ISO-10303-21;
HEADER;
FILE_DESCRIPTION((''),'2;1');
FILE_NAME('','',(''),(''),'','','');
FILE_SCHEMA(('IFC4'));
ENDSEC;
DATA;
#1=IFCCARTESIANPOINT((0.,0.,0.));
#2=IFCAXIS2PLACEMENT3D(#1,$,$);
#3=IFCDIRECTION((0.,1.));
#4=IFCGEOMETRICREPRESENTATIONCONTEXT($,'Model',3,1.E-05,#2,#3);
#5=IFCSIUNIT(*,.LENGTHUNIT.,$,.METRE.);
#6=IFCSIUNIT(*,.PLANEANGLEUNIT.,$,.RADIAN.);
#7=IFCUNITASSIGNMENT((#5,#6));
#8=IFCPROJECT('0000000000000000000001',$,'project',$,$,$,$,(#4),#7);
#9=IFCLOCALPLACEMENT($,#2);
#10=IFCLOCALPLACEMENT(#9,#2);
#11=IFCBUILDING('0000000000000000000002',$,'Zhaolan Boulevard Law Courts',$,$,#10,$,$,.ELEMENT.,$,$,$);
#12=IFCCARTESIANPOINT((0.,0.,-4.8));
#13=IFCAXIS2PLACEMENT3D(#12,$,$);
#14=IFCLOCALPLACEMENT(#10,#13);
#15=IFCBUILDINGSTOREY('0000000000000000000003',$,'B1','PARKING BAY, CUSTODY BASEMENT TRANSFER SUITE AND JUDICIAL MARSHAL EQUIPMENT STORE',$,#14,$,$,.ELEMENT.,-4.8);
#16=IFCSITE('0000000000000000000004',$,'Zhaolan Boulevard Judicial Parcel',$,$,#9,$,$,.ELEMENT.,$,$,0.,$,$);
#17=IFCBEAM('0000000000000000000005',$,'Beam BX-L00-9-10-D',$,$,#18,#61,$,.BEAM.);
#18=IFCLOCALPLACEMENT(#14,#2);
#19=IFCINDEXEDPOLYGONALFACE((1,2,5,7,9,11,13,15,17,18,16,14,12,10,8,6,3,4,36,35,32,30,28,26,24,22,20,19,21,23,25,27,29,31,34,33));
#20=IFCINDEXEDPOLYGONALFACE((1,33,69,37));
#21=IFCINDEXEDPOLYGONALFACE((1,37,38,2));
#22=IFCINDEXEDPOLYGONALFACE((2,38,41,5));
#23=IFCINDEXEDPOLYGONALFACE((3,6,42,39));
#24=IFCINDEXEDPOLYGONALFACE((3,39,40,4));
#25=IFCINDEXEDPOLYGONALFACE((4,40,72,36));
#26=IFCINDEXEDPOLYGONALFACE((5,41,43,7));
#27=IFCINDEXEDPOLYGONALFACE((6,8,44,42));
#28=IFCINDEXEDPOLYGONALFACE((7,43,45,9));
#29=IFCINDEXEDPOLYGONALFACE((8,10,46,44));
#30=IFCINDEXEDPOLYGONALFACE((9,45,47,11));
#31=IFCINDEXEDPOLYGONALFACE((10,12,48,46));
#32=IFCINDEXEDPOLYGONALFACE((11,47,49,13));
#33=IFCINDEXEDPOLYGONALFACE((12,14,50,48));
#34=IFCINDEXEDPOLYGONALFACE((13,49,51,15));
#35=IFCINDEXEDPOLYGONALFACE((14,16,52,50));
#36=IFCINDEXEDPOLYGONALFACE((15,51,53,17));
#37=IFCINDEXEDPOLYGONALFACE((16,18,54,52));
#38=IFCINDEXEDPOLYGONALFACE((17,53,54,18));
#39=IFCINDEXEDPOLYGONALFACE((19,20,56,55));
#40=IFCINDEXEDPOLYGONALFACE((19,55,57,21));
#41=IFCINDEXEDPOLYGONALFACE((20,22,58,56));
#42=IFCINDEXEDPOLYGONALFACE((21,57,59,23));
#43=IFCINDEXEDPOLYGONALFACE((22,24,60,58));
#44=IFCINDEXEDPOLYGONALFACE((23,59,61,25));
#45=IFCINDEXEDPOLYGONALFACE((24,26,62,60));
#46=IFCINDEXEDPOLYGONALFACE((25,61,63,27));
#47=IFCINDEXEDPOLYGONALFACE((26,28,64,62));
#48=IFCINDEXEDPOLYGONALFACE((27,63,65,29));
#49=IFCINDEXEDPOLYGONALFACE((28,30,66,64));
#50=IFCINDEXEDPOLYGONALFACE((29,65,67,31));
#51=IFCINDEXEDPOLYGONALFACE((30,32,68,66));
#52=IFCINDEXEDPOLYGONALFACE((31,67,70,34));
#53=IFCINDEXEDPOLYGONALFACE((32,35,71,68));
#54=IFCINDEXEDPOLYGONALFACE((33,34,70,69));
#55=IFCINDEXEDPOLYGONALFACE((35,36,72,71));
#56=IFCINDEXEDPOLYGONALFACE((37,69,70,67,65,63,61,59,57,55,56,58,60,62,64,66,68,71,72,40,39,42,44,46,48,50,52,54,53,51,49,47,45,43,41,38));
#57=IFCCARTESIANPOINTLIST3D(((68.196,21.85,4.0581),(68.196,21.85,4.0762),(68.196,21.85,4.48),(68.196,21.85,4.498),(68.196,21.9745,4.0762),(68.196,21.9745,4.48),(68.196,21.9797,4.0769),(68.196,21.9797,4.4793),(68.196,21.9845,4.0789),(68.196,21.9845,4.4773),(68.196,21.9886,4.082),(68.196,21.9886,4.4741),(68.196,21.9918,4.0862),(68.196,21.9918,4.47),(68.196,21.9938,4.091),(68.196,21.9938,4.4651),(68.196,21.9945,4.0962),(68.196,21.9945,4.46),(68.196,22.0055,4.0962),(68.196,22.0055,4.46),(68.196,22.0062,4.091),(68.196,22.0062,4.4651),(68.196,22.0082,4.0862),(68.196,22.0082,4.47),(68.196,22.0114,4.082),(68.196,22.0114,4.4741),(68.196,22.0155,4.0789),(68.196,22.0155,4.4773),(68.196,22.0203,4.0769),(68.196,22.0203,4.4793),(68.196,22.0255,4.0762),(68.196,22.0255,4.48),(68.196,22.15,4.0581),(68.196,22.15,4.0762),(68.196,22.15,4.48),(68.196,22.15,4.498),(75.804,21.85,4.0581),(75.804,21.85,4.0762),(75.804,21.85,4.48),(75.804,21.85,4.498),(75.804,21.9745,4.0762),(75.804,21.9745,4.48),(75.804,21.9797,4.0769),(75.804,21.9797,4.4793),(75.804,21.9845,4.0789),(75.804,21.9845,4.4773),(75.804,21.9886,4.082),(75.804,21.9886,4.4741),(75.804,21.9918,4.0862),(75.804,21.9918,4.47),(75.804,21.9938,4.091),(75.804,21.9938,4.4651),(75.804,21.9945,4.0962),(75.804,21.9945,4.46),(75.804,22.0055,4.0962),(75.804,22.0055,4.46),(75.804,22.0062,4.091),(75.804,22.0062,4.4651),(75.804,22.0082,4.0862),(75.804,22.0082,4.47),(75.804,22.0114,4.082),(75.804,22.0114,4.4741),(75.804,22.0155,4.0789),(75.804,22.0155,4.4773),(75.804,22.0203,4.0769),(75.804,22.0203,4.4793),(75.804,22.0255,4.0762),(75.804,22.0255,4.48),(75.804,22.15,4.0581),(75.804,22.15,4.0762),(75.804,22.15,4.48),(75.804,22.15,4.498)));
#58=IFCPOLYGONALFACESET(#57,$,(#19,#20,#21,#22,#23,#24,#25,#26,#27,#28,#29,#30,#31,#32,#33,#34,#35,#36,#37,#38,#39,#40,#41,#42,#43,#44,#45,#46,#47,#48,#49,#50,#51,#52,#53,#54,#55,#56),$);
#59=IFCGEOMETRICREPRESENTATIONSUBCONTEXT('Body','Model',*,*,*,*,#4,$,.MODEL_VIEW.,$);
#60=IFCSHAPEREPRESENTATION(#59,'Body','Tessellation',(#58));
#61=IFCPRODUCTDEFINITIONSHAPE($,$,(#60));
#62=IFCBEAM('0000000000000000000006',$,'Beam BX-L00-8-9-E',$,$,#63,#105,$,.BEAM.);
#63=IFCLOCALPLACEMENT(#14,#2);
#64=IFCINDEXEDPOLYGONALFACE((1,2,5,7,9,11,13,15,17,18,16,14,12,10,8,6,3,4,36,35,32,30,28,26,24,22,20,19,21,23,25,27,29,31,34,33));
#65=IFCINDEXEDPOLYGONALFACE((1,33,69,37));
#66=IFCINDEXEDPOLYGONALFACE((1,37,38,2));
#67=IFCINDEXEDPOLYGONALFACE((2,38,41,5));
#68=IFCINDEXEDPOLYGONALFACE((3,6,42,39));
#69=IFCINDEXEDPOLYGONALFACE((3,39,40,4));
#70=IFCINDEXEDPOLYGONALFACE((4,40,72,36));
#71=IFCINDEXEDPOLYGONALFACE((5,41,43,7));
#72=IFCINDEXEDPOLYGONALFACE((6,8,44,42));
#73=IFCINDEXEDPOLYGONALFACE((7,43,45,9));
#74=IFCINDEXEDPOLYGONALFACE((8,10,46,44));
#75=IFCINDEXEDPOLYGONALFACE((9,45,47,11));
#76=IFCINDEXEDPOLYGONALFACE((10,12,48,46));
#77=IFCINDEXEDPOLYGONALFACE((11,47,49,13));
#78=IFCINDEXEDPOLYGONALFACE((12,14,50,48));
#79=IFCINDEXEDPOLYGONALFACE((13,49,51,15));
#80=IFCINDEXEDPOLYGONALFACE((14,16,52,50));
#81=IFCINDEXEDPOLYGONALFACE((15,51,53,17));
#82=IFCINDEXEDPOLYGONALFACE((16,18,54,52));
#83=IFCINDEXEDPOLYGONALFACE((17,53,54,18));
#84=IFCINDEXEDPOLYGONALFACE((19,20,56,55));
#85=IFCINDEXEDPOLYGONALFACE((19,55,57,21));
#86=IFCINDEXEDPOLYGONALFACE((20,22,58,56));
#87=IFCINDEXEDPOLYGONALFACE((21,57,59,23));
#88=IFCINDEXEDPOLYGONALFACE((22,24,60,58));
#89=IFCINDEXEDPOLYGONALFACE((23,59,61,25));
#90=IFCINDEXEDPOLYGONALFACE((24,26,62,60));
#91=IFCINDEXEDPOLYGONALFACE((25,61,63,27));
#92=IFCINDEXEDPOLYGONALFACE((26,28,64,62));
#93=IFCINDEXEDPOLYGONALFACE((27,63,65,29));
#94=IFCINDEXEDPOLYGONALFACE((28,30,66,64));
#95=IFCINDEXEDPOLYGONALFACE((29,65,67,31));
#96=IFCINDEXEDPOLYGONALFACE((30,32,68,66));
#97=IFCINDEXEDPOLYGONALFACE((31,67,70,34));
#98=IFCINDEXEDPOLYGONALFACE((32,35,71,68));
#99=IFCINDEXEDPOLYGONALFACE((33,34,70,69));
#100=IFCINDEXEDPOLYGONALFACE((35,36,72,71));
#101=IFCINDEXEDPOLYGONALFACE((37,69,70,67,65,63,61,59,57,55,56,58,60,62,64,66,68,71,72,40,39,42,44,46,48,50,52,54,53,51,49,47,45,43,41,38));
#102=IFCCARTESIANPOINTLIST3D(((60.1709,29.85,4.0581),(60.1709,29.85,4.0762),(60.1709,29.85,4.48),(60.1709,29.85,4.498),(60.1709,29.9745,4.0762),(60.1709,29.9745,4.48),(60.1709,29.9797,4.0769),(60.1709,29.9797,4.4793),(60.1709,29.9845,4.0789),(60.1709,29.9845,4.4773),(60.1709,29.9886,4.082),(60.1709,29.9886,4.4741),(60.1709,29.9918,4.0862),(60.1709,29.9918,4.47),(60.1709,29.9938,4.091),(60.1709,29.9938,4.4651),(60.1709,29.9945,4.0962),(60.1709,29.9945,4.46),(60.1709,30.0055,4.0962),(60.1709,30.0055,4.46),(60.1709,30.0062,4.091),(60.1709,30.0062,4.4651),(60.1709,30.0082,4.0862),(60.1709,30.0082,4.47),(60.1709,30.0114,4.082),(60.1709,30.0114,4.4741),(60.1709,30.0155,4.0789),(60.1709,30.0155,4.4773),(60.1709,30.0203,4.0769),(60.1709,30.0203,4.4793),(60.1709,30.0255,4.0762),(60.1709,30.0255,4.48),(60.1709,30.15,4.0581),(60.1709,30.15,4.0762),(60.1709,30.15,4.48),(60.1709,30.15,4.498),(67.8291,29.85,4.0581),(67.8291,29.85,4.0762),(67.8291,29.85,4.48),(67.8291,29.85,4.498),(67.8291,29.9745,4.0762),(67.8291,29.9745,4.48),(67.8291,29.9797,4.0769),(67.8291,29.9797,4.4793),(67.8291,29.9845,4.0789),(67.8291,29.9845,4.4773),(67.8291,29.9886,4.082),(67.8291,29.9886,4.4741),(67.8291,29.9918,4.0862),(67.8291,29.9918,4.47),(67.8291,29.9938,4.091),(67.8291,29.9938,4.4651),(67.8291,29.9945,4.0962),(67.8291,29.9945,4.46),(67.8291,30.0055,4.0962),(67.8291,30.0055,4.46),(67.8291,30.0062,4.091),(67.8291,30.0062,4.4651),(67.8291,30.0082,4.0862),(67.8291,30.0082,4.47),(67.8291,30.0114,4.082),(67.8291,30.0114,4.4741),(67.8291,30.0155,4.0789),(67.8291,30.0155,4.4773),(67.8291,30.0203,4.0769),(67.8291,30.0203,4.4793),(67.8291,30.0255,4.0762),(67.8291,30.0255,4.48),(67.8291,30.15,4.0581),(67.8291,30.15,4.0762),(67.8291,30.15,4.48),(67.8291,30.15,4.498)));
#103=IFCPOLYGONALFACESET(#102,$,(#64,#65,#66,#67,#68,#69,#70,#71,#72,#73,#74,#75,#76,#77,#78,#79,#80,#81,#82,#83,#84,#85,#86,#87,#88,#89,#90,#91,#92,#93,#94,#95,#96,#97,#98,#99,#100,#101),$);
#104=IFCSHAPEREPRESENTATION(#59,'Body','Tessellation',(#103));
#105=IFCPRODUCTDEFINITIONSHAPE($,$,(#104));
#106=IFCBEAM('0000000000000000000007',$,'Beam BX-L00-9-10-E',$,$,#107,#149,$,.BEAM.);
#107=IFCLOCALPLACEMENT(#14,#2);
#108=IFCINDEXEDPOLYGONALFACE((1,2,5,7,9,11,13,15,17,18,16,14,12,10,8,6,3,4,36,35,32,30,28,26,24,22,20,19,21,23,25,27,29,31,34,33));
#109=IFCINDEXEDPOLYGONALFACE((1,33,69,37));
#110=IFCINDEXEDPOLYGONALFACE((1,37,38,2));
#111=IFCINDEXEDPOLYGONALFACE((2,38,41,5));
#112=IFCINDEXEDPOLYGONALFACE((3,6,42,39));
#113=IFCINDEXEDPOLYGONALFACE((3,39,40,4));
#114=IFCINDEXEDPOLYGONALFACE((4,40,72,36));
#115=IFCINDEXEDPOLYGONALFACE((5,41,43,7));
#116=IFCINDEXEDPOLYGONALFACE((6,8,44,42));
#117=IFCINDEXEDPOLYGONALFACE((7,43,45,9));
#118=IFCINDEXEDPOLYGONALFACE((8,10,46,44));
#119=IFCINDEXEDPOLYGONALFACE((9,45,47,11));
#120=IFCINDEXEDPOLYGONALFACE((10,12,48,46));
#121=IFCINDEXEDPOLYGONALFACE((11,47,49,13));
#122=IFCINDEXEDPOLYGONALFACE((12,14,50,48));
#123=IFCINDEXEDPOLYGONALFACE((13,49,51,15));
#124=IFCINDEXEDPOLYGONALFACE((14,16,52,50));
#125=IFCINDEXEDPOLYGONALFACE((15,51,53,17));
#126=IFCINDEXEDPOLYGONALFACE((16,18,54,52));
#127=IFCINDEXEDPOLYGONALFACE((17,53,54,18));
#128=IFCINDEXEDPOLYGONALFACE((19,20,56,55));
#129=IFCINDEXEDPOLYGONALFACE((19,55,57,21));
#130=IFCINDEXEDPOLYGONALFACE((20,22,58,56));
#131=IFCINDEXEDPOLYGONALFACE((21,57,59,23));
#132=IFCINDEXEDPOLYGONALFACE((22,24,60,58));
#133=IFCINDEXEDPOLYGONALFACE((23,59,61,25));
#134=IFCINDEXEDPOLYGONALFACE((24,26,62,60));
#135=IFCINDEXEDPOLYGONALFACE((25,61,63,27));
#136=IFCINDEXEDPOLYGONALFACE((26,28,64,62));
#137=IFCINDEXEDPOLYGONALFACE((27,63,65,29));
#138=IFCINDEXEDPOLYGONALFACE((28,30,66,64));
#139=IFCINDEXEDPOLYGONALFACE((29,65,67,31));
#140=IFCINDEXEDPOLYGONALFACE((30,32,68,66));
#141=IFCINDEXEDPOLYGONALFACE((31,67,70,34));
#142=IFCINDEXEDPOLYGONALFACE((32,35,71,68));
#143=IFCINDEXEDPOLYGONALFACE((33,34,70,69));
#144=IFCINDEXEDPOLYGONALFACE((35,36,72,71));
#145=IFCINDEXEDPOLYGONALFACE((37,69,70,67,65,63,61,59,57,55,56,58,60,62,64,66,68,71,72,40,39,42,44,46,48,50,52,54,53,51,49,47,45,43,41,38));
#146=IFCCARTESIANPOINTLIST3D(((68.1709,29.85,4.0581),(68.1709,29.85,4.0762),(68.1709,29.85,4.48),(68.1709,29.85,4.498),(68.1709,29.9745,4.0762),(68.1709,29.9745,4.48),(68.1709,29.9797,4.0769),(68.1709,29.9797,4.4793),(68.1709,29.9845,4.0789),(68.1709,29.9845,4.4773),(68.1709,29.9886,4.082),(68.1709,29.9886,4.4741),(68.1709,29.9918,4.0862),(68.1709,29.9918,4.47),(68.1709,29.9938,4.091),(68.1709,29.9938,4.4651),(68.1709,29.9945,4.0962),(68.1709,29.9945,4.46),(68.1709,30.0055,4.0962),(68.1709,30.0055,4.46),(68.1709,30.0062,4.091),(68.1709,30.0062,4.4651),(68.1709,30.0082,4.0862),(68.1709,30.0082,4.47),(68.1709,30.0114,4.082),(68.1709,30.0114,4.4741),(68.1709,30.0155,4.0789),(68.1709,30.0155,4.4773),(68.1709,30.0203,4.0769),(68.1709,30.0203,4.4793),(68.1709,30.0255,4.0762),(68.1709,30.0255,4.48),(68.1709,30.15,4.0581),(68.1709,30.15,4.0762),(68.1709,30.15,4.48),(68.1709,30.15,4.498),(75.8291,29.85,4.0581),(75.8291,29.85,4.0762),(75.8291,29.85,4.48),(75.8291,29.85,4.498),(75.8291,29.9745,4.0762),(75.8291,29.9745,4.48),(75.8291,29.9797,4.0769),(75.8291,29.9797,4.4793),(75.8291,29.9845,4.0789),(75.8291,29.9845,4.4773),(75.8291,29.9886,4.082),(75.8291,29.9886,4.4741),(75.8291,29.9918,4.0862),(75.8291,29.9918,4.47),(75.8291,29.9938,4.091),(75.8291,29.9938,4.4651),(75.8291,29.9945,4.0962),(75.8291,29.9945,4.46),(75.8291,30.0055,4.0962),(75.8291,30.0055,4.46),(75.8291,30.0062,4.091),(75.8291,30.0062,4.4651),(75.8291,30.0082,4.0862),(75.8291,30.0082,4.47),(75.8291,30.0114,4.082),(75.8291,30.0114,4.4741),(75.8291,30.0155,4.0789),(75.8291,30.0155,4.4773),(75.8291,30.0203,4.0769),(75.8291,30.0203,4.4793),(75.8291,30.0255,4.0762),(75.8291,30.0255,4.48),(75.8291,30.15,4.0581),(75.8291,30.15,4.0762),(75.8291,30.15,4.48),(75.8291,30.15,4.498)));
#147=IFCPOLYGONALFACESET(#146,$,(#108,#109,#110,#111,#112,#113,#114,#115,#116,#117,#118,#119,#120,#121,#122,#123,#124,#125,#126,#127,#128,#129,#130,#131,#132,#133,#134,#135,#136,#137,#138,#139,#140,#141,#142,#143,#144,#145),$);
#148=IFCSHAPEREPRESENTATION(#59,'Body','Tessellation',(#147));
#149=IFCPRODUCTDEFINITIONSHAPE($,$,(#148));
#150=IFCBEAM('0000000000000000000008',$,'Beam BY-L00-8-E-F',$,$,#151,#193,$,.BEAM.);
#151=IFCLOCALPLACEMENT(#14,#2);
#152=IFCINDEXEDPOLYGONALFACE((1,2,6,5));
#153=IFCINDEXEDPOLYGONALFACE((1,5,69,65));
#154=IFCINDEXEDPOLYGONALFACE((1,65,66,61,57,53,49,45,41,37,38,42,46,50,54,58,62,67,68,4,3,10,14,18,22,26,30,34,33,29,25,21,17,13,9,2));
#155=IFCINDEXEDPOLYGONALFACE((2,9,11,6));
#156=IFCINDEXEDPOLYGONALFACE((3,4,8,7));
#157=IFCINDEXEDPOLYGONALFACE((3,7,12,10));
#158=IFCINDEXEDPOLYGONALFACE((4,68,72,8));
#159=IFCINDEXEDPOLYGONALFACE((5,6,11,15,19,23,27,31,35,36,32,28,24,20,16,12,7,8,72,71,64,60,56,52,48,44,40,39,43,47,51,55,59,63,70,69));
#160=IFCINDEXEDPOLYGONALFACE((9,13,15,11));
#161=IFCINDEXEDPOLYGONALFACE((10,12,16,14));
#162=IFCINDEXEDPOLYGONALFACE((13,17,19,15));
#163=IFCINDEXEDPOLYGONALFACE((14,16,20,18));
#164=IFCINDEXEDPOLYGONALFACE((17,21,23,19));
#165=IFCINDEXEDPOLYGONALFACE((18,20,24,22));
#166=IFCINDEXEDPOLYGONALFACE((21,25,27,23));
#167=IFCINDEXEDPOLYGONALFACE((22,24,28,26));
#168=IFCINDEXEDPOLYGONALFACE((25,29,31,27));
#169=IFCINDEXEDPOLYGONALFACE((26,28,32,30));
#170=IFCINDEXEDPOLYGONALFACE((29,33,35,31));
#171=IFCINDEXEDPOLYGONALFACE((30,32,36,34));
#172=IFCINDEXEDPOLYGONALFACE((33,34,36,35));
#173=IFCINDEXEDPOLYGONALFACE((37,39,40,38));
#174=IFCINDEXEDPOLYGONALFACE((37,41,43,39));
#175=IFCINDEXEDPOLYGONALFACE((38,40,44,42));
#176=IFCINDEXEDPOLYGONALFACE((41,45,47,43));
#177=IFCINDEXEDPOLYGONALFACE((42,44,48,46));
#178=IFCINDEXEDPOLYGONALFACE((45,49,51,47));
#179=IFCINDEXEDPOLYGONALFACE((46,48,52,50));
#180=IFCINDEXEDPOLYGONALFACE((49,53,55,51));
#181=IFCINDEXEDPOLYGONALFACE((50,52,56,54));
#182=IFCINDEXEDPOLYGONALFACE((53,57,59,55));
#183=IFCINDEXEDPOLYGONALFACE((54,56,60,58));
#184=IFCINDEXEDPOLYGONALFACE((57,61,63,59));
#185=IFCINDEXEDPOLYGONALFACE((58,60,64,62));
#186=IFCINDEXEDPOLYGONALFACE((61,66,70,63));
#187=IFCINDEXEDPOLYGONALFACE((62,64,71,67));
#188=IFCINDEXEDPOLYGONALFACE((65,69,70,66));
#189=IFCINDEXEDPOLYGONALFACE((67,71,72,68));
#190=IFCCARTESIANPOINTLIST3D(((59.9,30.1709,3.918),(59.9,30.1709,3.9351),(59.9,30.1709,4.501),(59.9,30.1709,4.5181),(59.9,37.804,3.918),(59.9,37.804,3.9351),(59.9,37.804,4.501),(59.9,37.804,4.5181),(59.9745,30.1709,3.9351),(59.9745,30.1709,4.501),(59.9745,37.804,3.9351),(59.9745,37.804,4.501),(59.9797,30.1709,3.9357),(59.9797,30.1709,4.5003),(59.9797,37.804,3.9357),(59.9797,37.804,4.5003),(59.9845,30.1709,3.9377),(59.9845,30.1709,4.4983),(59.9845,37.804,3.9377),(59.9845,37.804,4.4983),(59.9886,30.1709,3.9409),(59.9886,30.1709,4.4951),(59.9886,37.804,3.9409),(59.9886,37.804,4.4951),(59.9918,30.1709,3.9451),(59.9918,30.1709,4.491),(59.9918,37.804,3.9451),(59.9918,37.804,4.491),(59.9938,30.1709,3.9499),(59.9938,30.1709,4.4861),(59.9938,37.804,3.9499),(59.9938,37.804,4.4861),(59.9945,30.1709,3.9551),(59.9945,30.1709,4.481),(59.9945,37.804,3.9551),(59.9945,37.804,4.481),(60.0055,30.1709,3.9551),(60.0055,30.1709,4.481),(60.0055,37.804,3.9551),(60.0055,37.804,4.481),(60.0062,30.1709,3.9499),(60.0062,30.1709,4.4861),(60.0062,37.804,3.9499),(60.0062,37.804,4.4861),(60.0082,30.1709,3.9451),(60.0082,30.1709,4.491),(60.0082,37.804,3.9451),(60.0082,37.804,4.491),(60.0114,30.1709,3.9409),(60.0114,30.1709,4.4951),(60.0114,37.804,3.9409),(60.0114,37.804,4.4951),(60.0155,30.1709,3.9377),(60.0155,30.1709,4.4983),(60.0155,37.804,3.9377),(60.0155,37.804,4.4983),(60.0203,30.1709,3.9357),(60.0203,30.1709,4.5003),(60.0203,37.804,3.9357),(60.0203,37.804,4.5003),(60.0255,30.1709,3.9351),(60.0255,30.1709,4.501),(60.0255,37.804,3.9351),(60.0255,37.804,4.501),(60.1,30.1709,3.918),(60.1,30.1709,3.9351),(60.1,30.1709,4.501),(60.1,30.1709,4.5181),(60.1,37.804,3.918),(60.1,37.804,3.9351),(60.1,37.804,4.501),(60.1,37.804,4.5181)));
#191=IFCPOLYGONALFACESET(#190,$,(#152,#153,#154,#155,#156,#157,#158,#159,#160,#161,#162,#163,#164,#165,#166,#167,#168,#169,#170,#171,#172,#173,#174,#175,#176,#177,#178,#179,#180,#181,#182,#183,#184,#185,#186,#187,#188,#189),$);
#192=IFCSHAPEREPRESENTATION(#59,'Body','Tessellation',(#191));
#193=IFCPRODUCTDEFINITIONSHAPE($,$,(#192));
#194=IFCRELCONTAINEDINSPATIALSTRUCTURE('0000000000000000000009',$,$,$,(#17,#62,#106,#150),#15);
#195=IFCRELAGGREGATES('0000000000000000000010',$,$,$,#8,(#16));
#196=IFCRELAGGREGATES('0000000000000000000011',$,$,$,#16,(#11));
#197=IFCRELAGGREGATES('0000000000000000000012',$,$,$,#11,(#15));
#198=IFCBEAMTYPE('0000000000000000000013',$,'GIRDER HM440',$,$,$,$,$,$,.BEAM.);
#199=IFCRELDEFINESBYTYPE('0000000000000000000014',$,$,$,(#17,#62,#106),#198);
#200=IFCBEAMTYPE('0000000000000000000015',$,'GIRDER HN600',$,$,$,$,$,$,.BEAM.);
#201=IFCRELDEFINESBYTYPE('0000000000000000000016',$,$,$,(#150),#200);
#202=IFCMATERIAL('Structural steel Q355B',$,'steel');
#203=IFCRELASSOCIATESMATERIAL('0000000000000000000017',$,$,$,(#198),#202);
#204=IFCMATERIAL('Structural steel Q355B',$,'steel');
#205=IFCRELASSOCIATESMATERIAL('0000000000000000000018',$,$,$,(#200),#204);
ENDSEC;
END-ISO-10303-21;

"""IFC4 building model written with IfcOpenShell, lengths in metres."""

from ifc_helpers import new_model, si_unit, direction, frame, origin, origin_2d, place, context, subcontext, project, spatial, i_section, extrude, material, material_profile, profile_set, type_object, element, save


model = new_model("IFC4")

# Units and contexts
model_context = context("Model", 3, precision=1e-05, world=origin(), true_north=direction((0.0, 1.0)))
body_context = subcontext(model_context, "Body", "Model", "MODEL_VIEW")
ifc_project = project(units=[si_unit("LENGTHUNIT", "METRE"), si_unit("PLANEANGLEUNIT", "RADIAN")], contexts=[model_context])

# Site, building, storey
site_placement = place(None, origin())
site = spatial("IfcSite", under=ifc_project, at=site_placement, Name="Zhaolan Boulevard Judicial Parcel", CompositionType="ELEMENT", RefElevation=0.0)
building_placement = place(site_placement, origin())
building = spatial("IfcBuilding", under=site, at=building_placement, Name="Zhaolan Boulevard Law Courts", CompositionType="ELEMENT")
storey_placement = place(building_placement, frame((0.0, 0.0, -4.8)))
storey = spatial("IfcBuildingStorey", under=building, at=storey_placement, Name="B1", Description="PARKING BAY, CUSTODY BASEMENT TRANSFER SUITE AND JUDICIAL MARSHAL EQUIPMENT STORE", CompositionType="ELEMENT", Elevation=-4.8)

# Beams
ifc_material_1 = material(Name="Structural steel Q355B", Category="steel")
ifc_material_profile_1 = material_profile(ifc_material_1, i_section(OverallWidth=0.3, OverallDepth=0.4399, WebThickness=0.011, FlangeThickness=0.0181, FilletRadius=0.02, at=origin_2d()), Name="HM440x300")
ifc_profile_set_1 = profile_set([ifc_material_profile_1], Name="Structural steel Q355B")
beam_type_1 = type_object("IfcBeamType", Name="GIRDER HM440", PredefinedType="BEAM", material=ifc_profile_set_1)
for number, where, z_axis, x_axis, name in (
    (1, (68.196, 22.0, 4.2781), (1.0, 0.0, 0.0), (0.0, 1.0, 0.0), "Beam BX-L00-9-10-D"),
):
    element("IfcBeam", number, at=place(storey_placement, frame(where, z_axis=z_axis, x_axis=x_axis)), inside=storey, type_object=beam_type_1, Name=name, PredefinedType="BEAM", context=body_context, shape_type="SweptSolid", body=[
        extrude(i_section(OverallWidth=0.3, OverallDepth=0.4399, WebThickness=0.011, FlangeThickness=0.0181, FilletRadius=0.02, at=origin_2d()), origin(), (0.0, 0.0, 1.0), 7.6079),
    ])
for number, where, z_axis, x_axis, name in (
    (2, (60.1709, 30.0, 4.2781), (1.0, 0.0, 0.0), (0.0, 1.0, 0.0), "Beam BX-L00-8-9-E"),
    (3, (68.1709, 30.0, 4.2781), (1.0, 0.0, 0.0), (0.0, 1.0, 0.0), "Beam BX-L00-9-10-E"),
):
    element("IfcBeam", number, at=place(storey_placement, frame(where, z_axis=z_axis, x_axis=x_axis)), inside=storey, type_object=beam_type_1, Name=name, PredefinedType="BEAM", context=body_context, shape_type="SweptSolid", body=[
        extrude(i_section(OverallWidth=0.3, OverallDepth=0.4399, WebThickness=0.011, FlangeThickness=0.0181, FilletRadius=0.02, at=origin_2d()), origin(), (0.0, 0.0, 1.0), 7.6582),
    ])
ifc_material_2 = material(Name="Structural steel Q355B", Category="steel")
ifc_material_profile_2 = material_profile(ifc_material_2, i_section(OverallWidth=0.2, OverallDepth=0.6001, WebThickness=0.011, FlangeThickness=0.0171, FilletRadius=0.02, at=origin_2d()), Name="HN600x200")
ifc_profile_set_2 = profile_set([ifc_material_profile_2], Name="Structural steel Q355B")
beam_type_2 = type_object("IfcBeamType", Name="GIRDER HN600", PredefinedType="BEAM", material=ifc_profile_set_2)
for number, where, z_axis, x_axis, name in (
    (4, (60.0, 30.1709, 4.218), (0.0, 1.0, 0.0), (-1.0, 0.0, 0.0), "Beam BY-L00-8-E-F"),
):
    element("IfcBeam", number, at=place(storey_placement, frame(where, z_axis=z_axis, x_axis=x_axis)), inside=storey, type_object=beam_type_2, Name=name, PredefinedType="BEAM", context=body_context, shape_type="SweptSolid", body=[
        extrude(i_section(OverallWidth=0.2, OverallDepth=0.6001, WebThickness=0.011, FlangeThickness=0.0171, FilletRadius=0.02, at=origin_2d()), origin(), (0.0, 0.0, 1.0), 7.6331),
    ])

save(model, "model.ifc")
